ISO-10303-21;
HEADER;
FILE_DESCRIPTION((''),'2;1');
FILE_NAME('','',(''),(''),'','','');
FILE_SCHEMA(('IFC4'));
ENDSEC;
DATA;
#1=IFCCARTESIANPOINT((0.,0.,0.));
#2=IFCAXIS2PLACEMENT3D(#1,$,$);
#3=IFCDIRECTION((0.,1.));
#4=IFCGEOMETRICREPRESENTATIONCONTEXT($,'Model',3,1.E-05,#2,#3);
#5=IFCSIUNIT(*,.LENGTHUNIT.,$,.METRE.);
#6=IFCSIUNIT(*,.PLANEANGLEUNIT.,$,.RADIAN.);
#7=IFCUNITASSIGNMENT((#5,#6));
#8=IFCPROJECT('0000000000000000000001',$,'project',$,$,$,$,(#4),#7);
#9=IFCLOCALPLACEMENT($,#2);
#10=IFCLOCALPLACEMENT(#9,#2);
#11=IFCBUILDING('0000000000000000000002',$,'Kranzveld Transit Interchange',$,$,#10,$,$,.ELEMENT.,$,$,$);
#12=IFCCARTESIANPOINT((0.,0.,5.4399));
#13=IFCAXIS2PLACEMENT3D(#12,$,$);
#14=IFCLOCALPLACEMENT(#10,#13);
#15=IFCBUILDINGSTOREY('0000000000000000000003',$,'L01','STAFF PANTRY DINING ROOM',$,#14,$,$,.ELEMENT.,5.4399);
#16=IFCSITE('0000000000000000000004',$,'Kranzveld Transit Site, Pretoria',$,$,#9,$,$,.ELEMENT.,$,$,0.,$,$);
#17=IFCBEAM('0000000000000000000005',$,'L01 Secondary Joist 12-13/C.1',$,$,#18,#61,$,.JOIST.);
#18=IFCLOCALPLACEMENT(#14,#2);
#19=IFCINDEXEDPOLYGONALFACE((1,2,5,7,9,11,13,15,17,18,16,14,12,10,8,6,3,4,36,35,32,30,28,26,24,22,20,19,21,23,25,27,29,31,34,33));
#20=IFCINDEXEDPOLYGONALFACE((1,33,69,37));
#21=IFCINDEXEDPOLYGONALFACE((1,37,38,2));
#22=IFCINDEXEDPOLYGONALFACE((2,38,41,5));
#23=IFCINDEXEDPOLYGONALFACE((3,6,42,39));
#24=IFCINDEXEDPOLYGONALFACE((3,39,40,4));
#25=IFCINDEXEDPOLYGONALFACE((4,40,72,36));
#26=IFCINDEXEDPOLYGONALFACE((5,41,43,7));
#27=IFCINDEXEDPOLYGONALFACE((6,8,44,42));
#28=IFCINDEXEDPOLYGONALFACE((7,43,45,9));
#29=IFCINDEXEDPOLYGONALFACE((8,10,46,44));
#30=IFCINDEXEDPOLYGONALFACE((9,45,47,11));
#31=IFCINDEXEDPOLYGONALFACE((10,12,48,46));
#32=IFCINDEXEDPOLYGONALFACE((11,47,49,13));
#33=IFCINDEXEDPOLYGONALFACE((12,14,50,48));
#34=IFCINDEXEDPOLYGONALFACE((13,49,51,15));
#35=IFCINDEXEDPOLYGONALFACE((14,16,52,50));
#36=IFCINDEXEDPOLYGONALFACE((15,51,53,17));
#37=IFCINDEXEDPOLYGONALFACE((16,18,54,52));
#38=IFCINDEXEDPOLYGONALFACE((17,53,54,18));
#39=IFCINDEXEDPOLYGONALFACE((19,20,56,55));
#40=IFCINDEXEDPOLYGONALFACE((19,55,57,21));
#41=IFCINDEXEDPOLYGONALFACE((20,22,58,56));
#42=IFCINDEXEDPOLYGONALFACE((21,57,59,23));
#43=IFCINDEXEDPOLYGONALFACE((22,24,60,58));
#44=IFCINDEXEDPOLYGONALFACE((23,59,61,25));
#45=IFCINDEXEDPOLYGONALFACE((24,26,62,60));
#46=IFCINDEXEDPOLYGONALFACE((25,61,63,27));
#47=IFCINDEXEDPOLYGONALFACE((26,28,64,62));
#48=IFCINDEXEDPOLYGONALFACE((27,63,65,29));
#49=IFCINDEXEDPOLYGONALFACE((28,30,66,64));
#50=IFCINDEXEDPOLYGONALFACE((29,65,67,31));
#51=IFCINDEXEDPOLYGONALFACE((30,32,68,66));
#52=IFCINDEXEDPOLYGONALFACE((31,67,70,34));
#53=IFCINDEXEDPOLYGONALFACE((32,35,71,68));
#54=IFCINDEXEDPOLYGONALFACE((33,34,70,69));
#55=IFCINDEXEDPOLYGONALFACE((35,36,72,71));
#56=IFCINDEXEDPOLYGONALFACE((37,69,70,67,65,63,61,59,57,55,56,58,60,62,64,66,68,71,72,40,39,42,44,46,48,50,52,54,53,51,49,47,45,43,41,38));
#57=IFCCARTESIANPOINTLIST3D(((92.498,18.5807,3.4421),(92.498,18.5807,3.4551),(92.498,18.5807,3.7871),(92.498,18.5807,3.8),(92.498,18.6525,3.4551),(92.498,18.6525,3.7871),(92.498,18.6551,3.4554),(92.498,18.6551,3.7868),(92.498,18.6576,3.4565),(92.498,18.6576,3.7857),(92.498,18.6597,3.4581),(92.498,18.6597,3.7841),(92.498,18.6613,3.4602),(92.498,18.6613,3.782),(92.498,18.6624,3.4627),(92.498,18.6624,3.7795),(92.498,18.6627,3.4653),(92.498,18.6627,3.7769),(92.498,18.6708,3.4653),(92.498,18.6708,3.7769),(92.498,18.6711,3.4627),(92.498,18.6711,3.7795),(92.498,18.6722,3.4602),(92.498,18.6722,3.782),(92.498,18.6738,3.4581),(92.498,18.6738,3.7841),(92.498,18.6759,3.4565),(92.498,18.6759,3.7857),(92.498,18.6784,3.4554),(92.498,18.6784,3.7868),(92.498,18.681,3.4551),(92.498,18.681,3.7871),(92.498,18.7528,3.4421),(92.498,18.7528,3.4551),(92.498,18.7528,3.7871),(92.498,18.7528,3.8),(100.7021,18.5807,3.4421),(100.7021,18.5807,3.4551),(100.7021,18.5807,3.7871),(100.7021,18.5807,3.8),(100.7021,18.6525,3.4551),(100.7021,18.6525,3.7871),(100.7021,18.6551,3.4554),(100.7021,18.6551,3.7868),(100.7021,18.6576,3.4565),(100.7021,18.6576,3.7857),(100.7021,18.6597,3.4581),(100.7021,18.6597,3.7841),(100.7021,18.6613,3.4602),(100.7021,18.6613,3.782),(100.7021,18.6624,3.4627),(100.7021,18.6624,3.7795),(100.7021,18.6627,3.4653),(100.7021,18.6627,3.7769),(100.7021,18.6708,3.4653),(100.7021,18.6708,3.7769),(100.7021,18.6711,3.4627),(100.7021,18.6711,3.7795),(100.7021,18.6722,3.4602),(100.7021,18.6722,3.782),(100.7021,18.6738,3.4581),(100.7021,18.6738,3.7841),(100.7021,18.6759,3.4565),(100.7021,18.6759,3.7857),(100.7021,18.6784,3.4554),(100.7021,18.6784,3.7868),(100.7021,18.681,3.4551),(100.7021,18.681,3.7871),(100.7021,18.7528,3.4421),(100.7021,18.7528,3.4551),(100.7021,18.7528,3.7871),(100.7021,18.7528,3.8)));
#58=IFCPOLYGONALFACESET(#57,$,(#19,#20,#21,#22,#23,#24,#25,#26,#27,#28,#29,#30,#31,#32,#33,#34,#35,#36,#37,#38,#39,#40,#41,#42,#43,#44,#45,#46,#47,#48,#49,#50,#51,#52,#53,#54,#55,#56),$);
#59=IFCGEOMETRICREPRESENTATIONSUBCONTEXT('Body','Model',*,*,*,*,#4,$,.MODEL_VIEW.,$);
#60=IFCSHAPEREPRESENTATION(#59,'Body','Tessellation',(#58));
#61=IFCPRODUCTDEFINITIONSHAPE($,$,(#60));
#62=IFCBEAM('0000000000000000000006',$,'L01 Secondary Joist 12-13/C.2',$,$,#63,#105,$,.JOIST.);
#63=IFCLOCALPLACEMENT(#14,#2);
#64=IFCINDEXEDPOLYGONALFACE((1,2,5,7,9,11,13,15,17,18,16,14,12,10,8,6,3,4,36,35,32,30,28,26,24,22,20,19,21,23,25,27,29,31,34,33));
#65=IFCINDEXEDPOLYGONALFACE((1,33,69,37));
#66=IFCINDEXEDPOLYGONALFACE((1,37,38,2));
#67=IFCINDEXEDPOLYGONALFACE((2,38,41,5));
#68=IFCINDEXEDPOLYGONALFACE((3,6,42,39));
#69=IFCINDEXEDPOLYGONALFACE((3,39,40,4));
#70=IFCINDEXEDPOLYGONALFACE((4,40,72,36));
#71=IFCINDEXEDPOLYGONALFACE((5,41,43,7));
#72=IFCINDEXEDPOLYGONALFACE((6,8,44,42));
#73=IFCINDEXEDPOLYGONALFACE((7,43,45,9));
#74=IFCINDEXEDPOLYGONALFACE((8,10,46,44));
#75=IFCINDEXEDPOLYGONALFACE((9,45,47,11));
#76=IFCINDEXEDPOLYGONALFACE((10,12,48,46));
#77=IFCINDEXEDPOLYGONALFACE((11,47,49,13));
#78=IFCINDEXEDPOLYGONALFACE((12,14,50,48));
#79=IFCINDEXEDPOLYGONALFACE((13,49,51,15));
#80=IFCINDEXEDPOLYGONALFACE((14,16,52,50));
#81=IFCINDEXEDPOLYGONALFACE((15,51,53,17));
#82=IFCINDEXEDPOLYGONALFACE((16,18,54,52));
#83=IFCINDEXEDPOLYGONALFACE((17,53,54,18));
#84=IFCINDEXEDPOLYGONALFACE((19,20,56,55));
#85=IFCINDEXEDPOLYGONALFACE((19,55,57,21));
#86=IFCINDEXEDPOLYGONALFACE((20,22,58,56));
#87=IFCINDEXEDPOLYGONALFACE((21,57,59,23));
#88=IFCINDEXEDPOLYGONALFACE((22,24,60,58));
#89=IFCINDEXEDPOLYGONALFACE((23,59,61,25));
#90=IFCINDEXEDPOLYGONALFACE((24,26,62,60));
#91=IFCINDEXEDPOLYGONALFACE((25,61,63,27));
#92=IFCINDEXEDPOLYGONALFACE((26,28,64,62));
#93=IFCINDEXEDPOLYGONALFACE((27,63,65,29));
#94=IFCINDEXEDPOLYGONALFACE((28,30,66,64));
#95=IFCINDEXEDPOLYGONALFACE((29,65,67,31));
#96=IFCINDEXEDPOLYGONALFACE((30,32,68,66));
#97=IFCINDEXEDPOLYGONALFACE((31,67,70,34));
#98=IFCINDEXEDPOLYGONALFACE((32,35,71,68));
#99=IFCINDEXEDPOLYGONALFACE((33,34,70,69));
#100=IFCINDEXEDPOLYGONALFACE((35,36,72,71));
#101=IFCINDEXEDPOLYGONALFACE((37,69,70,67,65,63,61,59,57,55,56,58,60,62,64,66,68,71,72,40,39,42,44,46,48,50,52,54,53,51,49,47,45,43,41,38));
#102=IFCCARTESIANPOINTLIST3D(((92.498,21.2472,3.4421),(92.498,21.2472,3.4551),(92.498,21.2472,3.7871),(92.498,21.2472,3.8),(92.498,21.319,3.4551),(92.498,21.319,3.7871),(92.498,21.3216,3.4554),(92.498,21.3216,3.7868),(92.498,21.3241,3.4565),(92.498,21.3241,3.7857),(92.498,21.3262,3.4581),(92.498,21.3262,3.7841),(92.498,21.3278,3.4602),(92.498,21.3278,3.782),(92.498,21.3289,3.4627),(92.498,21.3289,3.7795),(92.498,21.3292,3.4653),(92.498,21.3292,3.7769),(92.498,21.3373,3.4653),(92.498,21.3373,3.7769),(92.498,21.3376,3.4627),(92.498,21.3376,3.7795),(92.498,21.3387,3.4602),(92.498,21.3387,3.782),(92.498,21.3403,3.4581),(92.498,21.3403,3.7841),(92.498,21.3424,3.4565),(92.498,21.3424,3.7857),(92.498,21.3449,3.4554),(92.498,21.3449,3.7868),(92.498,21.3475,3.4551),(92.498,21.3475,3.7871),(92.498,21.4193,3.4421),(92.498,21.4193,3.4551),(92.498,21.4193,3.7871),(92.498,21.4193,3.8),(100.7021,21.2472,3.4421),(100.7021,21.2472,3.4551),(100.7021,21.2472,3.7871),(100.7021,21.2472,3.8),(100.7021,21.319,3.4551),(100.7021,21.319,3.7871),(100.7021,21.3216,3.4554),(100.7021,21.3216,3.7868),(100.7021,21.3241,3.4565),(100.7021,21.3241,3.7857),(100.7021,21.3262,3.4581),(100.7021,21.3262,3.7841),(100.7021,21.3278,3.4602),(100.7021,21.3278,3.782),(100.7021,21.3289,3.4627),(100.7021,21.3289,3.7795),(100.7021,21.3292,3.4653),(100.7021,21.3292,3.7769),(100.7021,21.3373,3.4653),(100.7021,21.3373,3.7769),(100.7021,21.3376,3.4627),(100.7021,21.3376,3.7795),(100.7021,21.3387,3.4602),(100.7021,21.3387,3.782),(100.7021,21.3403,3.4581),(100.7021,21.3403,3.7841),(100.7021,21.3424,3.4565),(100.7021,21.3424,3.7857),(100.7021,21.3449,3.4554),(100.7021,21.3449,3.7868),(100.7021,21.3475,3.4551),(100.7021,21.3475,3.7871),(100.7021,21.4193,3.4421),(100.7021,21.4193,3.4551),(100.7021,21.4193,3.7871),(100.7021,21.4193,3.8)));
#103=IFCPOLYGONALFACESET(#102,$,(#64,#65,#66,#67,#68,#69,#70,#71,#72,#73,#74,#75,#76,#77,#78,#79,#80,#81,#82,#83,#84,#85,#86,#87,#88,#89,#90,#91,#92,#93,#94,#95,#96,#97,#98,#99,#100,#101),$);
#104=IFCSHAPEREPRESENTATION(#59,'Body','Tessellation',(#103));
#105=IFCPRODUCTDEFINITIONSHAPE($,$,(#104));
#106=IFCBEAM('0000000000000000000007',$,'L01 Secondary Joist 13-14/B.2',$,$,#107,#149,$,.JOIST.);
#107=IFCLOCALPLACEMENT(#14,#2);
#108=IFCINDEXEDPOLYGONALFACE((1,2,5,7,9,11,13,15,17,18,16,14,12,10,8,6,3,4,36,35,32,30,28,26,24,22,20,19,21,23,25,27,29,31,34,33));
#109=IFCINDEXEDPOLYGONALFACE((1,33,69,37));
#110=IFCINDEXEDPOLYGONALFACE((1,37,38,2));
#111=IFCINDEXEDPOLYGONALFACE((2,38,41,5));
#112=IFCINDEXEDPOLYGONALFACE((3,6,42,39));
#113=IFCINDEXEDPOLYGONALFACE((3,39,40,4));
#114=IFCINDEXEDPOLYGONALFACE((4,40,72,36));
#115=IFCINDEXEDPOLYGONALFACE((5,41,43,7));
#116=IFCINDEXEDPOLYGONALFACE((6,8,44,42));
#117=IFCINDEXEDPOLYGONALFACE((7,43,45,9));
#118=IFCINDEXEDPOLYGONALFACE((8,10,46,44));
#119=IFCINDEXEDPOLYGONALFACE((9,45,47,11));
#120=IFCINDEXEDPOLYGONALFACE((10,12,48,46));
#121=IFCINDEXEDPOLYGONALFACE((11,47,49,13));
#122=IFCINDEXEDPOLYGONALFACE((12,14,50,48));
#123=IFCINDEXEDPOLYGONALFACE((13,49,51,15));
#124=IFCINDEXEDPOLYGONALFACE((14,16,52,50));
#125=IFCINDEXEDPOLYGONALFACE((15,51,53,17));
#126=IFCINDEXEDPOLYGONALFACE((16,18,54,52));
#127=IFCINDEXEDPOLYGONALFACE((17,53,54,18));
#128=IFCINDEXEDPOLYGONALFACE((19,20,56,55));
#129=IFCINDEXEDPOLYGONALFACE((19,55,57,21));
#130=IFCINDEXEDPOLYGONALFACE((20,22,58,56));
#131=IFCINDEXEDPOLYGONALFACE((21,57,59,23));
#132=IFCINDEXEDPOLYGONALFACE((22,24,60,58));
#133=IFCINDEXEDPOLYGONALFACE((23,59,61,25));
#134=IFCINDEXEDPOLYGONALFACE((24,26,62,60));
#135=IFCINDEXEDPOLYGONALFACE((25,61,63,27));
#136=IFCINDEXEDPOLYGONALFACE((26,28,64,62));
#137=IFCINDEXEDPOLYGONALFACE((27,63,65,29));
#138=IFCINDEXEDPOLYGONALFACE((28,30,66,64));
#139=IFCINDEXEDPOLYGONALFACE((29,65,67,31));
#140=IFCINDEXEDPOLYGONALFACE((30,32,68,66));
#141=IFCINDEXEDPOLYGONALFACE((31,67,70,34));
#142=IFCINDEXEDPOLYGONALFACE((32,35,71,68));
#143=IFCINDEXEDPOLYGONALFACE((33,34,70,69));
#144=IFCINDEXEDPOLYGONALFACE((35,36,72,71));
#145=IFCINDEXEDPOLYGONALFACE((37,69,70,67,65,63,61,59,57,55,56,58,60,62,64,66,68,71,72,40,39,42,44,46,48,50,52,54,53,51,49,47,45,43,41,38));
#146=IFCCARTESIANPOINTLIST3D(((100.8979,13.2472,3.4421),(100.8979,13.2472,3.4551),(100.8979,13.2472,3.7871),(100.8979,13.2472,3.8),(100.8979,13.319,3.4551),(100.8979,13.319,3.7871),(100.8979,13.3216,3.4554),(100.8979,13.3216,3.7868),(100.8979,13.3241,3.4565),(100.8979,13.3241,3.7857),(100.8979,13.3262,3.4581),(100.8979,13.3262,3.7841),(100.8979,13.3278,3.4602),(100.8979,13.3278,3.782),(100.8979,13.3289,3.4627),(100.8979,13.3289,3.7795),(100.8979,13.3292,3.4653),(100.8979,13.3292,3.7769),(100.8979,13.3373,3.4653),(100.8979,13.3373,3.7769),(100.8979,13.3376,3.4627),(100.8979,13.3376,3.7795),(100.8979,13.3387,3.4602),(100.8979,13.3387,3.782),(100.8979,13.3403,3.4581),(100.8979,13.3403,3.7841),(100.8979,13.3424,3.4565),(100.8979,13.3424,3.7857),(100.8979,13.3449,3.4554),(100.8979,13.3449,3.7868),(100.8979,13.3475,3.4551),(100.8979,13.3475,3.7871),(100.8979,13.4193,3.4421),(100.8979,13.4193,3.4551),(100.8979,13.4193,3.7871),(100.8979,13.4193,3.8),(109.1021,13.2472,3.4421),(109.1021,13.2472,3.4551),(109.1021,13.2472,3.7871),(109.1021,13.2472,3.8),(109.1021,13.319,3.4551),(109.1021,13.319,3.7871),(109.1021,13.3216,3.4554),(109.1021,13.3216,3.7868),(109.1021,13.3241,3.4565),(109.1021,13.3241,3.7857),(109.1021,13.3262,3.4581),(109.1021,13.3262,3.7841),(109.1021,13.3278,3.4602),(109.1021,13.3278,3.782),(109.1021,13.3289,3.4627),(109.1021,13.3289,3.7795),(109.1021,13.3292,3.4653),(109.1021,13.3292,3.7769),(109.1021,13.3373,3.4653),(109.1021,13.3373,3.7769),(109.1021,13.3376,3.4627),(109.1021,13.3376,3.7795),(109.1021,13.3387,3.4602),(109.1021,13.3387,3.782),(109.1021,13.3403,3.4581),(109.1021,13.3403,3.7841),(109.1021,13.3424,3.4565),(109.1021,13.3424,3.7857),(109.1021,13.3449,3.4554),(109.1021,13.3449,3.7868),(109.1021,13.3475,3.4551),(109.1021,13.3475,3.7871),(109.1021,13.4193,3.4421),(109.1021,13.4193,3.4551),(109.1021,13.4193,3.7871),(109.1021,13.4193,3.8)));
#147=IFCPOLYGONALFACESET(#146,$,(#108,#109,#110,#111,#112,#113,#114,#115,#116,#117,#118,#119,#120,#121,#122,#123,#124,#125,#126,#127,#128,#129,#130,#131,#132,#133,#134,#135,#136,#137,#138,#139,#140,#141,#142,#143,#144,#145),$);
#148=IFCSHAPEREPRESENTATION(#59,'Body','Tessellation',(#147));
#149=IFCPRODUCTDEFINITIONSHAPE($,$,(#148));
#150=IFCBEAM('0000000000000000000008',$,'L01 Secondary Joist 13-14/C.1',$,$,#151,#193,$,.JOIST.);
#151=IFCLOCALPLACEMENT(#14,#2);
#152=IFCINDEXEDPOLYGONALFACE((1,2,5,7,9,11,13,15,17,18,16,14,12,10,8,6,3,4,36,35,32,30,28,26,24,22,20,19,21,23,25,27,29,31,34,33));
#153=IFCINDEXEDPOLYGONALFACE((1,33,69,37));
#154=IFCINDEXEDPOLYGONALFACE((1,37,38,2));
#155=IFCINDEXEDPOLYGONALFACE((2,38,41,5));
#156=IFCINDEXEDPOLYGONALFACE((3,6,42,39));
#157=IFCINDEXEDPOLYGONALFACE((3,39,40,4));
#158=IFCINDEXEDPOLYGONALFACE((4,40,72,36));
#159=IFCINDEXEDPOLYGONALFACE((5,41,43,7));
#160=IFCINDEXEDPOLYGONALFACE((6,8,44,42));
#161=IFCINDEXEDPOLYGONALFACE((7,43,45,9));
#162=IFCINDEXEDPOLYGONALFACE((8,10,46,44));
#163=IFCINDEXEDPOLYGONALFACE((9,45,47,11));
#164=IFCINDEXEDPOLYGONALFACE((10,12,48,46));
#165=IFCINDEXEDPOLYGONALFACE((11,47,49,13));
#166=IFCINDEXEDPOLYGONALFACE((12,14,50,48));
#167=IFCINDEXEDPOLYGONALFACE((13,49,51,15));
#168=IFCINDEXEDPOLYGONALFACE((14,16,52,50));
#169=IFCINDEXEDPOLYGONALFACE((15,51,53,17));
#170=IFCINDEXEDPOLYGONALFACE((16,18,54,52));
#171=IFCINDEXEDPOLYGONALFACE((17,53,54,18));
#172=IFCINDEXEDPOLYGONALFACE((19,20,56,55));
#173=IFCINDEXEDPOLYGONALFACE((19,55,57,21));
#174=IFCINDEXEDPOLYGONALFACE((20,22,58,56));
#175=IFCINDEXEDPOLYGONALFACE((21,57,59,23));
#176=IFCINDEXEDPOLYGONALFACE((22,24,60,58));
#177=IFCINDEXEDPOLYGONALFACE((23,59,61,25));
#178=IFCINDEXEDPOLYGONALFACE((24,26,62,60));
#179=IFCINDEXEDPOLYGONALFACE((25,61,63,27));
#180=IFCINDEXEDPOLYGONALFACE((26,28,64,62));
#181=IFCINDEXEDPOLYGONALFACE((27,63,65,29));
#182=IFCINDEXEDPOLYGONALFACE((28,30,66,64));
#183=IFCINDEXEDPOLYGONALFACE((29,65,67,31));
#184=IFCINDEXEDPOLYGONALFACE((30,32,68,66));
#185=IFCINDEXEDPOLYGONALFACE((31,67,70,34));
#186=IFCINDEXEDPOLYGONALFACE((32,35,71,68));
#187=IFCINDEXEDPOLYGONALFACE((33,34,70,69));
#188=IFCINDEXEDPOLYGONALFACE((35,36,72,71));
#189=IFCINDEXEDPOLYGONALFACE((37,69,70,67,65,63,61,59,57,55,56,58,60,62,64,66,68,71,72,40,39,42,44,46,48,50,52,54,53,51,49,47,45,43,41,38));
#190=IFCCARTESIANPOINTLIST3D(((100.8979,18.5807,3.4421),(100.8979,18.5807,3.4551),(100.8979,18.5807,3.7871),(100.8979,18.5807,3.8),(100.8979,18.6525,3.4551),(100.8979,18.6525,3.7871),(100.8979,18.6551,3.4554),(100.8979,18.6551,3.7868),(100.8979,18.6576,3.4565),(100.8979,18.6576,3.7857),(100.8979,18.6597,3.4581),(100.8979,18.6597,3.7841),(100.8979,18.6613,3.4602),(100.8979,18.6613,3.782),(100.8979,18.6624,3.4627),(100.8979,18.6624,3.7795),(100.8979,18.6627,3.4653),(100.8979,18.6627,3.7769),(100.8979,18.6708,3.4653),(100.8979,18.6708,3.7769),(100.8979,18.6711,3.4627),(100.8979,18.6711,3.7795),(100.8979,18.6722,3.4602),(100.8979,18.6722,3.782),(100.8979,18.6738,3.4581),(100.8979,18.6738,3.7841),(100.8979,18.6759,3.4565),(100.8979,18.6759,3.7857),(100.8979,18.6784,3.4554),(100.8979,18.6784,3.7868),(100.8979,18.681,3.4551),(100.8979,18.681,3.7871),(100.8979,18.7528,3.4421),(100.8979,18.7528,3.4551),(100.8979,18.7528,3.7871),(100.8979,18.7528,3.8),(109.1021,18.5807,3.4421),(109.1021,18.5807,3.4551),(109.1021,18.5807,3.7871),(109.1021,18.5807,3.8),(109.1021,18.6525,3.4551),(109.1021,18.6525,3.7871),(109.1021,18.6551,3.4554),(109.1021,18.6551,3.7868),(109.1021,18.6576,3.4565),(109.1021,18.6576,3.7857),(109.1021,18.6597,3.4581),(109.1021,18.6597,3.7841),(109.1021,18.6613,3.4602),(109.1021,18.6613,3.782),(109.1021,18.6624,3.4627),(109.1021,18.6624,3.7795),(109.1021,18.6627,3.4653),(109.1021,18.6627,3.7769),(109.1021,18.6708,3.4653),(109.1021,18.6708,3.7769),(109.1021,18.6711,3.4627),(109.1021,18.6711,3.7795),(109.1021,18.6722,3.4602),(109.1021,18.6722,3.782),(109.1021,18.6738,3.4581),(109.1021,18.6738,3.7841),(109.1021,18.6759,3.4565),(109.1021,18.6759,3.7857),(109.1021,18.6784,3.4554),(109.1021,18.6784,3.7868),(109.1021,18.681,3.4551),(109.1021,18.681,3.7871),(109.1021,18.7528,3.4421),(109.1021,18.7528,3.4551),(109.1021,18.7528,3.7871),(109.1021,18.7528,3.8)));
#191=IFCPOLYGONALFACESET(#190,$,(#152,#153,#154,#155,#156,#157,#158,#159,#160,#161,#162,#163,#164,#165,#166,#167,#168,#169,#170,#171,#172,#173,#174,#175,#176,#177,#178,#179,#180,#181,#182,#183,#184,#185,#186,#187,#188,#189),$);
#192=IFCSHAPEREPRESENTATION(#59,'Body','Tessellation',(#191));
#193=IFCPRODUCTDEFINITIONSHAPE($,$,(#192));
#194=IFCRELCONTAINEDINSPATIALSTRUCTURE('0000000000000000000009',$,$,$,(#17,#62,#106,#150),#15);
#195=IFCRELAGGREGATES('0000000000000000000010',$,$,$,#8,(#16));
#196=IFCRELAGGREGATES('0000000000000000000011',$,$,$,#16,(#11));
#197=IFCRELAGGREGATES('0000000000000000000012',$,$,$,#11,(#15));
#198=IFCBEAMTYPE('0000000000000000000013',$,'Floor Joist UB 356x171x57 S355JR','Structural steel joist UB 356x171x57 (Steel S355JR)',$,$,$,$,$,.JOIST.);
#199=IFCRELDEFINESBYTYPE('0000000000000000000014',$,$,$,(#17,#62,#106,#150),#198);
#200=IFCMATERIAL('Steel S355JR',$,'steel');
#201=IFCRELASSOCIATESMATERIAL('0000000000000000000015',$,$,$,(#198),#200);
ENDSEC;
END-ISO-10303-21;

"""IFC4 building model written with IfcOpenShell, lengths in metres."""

from ifc_helpers import new_model, si_unit, direction, frame, origin, origin_2d, place, context, subcontext, project, spatial, i_section, extrude, material, material_profile, profile_set, type_object, element, save


model = new_model("IFC4")

# Units and contexts
model_context = context("Model", 3, precision=1e-05, world=origin(), true_north=direction((0.0, 1.0)))
body_context = subcontext(model_context, "Body", "Model", "MODEL_VIEW")
ifc_project = project(units=[si_unit("LENGTHUNIT", "METRE"), si_unit("PLANEANGLEUNIT", "RADIAN")], contexts=[model_context])

# Site, building, storey
site_placement = place(None, origin())
site = spatial("IfcSite", under=ifc_project, at=site_placement, Name="Kranzveld Transit Site, Pretoria", CompositionType="ELEMENT", RefElevation=0.0)
building_placement = place(site_placement, origin())
building = spatial("IfcBuilding", under=site, at=building_placement, Name="Kranzveld Transit Interchange", CompositionType="ELEMENT")
storey_placement = place(building_placement, frame((0.0, 0.0, 5.4399)))
storey = spatial("IfcBuildingStorey", under=building, at=storey_placement, Name="L01", Description="STAFF PANTRY DINING ROOM", CompositionType="ELEMENT", Elevation=5.4399)

# Beams
ifc_material_1 = material(Name="Steel S355JR", Category="steel")
ifc_material_profile_1 = material_profile(ifc_material_1, i_section(OverallWidth=0.1721, OverallDepth=0.3579, WebThickness=0.0081, FlangeThickness=0.0129, FilletRadius=0.0103, at=origin_2d()), Name="UB 356x171x57")
ifc_profile_set_1 = profile_set([ifc_material_profile_1], Name="Steel S355JR")
beam_type_1 = type_object("IfcBeamType", Name="Floor Joist UB 356x171x57 S355JR", Description="Structural steel joist UB 356x171x57 (Steel S355JR)", PredefinedType="JOIST", material=ifc_profile_set_1)
for number, where, z_axis, x_axis, name in (
    (1, (92.498, 18.6667, 3.6211), (1.0, 0.0, 0.0), (0.0, 1.0, 0.0), "L01 Secondary Joist 12-13/C.1"),
    (2, (92.498, 21.3333, 3.6211), (1.0, 0.0, 0.0), (0.0, 1.0, 0.0), "L01 Secondary Joist 12-13/C.2"),
    (3, (100.8979, 13.3333, 3.6211), (1.0, 0.0, 0.0), (0.0, 1.0, 0.0), "L01 Secondary Joist 13-14/B.2"),
    (4, (100.8979, 18.6667, 3.6211), (1.0, 0.0, 0.0), (0.0, 1.0, 0.0), "L01 Secondary Joist 13-14/C.1"),
):
    element("IfcBeam", number, at=place(storey_placement, frame(where, z_axis=z_axis, x_axis=x_axis)), inside=storey, type_object=beam_type_1, Name=name, PredefinedType="JOIST", context=body_context, shape_type="SweptSolid", body=[
        extrude(i_section(OverallWidth=0.1721, OverallDepth=0.3579, WebThickness=0.0081, FlangeThickness=0.0129, FilletRadius=0.0103, at=origin_2d()), origin(), (0.0, 0.0, 1.0), 8.2041),
    ])

save(model, "model.ifc")
